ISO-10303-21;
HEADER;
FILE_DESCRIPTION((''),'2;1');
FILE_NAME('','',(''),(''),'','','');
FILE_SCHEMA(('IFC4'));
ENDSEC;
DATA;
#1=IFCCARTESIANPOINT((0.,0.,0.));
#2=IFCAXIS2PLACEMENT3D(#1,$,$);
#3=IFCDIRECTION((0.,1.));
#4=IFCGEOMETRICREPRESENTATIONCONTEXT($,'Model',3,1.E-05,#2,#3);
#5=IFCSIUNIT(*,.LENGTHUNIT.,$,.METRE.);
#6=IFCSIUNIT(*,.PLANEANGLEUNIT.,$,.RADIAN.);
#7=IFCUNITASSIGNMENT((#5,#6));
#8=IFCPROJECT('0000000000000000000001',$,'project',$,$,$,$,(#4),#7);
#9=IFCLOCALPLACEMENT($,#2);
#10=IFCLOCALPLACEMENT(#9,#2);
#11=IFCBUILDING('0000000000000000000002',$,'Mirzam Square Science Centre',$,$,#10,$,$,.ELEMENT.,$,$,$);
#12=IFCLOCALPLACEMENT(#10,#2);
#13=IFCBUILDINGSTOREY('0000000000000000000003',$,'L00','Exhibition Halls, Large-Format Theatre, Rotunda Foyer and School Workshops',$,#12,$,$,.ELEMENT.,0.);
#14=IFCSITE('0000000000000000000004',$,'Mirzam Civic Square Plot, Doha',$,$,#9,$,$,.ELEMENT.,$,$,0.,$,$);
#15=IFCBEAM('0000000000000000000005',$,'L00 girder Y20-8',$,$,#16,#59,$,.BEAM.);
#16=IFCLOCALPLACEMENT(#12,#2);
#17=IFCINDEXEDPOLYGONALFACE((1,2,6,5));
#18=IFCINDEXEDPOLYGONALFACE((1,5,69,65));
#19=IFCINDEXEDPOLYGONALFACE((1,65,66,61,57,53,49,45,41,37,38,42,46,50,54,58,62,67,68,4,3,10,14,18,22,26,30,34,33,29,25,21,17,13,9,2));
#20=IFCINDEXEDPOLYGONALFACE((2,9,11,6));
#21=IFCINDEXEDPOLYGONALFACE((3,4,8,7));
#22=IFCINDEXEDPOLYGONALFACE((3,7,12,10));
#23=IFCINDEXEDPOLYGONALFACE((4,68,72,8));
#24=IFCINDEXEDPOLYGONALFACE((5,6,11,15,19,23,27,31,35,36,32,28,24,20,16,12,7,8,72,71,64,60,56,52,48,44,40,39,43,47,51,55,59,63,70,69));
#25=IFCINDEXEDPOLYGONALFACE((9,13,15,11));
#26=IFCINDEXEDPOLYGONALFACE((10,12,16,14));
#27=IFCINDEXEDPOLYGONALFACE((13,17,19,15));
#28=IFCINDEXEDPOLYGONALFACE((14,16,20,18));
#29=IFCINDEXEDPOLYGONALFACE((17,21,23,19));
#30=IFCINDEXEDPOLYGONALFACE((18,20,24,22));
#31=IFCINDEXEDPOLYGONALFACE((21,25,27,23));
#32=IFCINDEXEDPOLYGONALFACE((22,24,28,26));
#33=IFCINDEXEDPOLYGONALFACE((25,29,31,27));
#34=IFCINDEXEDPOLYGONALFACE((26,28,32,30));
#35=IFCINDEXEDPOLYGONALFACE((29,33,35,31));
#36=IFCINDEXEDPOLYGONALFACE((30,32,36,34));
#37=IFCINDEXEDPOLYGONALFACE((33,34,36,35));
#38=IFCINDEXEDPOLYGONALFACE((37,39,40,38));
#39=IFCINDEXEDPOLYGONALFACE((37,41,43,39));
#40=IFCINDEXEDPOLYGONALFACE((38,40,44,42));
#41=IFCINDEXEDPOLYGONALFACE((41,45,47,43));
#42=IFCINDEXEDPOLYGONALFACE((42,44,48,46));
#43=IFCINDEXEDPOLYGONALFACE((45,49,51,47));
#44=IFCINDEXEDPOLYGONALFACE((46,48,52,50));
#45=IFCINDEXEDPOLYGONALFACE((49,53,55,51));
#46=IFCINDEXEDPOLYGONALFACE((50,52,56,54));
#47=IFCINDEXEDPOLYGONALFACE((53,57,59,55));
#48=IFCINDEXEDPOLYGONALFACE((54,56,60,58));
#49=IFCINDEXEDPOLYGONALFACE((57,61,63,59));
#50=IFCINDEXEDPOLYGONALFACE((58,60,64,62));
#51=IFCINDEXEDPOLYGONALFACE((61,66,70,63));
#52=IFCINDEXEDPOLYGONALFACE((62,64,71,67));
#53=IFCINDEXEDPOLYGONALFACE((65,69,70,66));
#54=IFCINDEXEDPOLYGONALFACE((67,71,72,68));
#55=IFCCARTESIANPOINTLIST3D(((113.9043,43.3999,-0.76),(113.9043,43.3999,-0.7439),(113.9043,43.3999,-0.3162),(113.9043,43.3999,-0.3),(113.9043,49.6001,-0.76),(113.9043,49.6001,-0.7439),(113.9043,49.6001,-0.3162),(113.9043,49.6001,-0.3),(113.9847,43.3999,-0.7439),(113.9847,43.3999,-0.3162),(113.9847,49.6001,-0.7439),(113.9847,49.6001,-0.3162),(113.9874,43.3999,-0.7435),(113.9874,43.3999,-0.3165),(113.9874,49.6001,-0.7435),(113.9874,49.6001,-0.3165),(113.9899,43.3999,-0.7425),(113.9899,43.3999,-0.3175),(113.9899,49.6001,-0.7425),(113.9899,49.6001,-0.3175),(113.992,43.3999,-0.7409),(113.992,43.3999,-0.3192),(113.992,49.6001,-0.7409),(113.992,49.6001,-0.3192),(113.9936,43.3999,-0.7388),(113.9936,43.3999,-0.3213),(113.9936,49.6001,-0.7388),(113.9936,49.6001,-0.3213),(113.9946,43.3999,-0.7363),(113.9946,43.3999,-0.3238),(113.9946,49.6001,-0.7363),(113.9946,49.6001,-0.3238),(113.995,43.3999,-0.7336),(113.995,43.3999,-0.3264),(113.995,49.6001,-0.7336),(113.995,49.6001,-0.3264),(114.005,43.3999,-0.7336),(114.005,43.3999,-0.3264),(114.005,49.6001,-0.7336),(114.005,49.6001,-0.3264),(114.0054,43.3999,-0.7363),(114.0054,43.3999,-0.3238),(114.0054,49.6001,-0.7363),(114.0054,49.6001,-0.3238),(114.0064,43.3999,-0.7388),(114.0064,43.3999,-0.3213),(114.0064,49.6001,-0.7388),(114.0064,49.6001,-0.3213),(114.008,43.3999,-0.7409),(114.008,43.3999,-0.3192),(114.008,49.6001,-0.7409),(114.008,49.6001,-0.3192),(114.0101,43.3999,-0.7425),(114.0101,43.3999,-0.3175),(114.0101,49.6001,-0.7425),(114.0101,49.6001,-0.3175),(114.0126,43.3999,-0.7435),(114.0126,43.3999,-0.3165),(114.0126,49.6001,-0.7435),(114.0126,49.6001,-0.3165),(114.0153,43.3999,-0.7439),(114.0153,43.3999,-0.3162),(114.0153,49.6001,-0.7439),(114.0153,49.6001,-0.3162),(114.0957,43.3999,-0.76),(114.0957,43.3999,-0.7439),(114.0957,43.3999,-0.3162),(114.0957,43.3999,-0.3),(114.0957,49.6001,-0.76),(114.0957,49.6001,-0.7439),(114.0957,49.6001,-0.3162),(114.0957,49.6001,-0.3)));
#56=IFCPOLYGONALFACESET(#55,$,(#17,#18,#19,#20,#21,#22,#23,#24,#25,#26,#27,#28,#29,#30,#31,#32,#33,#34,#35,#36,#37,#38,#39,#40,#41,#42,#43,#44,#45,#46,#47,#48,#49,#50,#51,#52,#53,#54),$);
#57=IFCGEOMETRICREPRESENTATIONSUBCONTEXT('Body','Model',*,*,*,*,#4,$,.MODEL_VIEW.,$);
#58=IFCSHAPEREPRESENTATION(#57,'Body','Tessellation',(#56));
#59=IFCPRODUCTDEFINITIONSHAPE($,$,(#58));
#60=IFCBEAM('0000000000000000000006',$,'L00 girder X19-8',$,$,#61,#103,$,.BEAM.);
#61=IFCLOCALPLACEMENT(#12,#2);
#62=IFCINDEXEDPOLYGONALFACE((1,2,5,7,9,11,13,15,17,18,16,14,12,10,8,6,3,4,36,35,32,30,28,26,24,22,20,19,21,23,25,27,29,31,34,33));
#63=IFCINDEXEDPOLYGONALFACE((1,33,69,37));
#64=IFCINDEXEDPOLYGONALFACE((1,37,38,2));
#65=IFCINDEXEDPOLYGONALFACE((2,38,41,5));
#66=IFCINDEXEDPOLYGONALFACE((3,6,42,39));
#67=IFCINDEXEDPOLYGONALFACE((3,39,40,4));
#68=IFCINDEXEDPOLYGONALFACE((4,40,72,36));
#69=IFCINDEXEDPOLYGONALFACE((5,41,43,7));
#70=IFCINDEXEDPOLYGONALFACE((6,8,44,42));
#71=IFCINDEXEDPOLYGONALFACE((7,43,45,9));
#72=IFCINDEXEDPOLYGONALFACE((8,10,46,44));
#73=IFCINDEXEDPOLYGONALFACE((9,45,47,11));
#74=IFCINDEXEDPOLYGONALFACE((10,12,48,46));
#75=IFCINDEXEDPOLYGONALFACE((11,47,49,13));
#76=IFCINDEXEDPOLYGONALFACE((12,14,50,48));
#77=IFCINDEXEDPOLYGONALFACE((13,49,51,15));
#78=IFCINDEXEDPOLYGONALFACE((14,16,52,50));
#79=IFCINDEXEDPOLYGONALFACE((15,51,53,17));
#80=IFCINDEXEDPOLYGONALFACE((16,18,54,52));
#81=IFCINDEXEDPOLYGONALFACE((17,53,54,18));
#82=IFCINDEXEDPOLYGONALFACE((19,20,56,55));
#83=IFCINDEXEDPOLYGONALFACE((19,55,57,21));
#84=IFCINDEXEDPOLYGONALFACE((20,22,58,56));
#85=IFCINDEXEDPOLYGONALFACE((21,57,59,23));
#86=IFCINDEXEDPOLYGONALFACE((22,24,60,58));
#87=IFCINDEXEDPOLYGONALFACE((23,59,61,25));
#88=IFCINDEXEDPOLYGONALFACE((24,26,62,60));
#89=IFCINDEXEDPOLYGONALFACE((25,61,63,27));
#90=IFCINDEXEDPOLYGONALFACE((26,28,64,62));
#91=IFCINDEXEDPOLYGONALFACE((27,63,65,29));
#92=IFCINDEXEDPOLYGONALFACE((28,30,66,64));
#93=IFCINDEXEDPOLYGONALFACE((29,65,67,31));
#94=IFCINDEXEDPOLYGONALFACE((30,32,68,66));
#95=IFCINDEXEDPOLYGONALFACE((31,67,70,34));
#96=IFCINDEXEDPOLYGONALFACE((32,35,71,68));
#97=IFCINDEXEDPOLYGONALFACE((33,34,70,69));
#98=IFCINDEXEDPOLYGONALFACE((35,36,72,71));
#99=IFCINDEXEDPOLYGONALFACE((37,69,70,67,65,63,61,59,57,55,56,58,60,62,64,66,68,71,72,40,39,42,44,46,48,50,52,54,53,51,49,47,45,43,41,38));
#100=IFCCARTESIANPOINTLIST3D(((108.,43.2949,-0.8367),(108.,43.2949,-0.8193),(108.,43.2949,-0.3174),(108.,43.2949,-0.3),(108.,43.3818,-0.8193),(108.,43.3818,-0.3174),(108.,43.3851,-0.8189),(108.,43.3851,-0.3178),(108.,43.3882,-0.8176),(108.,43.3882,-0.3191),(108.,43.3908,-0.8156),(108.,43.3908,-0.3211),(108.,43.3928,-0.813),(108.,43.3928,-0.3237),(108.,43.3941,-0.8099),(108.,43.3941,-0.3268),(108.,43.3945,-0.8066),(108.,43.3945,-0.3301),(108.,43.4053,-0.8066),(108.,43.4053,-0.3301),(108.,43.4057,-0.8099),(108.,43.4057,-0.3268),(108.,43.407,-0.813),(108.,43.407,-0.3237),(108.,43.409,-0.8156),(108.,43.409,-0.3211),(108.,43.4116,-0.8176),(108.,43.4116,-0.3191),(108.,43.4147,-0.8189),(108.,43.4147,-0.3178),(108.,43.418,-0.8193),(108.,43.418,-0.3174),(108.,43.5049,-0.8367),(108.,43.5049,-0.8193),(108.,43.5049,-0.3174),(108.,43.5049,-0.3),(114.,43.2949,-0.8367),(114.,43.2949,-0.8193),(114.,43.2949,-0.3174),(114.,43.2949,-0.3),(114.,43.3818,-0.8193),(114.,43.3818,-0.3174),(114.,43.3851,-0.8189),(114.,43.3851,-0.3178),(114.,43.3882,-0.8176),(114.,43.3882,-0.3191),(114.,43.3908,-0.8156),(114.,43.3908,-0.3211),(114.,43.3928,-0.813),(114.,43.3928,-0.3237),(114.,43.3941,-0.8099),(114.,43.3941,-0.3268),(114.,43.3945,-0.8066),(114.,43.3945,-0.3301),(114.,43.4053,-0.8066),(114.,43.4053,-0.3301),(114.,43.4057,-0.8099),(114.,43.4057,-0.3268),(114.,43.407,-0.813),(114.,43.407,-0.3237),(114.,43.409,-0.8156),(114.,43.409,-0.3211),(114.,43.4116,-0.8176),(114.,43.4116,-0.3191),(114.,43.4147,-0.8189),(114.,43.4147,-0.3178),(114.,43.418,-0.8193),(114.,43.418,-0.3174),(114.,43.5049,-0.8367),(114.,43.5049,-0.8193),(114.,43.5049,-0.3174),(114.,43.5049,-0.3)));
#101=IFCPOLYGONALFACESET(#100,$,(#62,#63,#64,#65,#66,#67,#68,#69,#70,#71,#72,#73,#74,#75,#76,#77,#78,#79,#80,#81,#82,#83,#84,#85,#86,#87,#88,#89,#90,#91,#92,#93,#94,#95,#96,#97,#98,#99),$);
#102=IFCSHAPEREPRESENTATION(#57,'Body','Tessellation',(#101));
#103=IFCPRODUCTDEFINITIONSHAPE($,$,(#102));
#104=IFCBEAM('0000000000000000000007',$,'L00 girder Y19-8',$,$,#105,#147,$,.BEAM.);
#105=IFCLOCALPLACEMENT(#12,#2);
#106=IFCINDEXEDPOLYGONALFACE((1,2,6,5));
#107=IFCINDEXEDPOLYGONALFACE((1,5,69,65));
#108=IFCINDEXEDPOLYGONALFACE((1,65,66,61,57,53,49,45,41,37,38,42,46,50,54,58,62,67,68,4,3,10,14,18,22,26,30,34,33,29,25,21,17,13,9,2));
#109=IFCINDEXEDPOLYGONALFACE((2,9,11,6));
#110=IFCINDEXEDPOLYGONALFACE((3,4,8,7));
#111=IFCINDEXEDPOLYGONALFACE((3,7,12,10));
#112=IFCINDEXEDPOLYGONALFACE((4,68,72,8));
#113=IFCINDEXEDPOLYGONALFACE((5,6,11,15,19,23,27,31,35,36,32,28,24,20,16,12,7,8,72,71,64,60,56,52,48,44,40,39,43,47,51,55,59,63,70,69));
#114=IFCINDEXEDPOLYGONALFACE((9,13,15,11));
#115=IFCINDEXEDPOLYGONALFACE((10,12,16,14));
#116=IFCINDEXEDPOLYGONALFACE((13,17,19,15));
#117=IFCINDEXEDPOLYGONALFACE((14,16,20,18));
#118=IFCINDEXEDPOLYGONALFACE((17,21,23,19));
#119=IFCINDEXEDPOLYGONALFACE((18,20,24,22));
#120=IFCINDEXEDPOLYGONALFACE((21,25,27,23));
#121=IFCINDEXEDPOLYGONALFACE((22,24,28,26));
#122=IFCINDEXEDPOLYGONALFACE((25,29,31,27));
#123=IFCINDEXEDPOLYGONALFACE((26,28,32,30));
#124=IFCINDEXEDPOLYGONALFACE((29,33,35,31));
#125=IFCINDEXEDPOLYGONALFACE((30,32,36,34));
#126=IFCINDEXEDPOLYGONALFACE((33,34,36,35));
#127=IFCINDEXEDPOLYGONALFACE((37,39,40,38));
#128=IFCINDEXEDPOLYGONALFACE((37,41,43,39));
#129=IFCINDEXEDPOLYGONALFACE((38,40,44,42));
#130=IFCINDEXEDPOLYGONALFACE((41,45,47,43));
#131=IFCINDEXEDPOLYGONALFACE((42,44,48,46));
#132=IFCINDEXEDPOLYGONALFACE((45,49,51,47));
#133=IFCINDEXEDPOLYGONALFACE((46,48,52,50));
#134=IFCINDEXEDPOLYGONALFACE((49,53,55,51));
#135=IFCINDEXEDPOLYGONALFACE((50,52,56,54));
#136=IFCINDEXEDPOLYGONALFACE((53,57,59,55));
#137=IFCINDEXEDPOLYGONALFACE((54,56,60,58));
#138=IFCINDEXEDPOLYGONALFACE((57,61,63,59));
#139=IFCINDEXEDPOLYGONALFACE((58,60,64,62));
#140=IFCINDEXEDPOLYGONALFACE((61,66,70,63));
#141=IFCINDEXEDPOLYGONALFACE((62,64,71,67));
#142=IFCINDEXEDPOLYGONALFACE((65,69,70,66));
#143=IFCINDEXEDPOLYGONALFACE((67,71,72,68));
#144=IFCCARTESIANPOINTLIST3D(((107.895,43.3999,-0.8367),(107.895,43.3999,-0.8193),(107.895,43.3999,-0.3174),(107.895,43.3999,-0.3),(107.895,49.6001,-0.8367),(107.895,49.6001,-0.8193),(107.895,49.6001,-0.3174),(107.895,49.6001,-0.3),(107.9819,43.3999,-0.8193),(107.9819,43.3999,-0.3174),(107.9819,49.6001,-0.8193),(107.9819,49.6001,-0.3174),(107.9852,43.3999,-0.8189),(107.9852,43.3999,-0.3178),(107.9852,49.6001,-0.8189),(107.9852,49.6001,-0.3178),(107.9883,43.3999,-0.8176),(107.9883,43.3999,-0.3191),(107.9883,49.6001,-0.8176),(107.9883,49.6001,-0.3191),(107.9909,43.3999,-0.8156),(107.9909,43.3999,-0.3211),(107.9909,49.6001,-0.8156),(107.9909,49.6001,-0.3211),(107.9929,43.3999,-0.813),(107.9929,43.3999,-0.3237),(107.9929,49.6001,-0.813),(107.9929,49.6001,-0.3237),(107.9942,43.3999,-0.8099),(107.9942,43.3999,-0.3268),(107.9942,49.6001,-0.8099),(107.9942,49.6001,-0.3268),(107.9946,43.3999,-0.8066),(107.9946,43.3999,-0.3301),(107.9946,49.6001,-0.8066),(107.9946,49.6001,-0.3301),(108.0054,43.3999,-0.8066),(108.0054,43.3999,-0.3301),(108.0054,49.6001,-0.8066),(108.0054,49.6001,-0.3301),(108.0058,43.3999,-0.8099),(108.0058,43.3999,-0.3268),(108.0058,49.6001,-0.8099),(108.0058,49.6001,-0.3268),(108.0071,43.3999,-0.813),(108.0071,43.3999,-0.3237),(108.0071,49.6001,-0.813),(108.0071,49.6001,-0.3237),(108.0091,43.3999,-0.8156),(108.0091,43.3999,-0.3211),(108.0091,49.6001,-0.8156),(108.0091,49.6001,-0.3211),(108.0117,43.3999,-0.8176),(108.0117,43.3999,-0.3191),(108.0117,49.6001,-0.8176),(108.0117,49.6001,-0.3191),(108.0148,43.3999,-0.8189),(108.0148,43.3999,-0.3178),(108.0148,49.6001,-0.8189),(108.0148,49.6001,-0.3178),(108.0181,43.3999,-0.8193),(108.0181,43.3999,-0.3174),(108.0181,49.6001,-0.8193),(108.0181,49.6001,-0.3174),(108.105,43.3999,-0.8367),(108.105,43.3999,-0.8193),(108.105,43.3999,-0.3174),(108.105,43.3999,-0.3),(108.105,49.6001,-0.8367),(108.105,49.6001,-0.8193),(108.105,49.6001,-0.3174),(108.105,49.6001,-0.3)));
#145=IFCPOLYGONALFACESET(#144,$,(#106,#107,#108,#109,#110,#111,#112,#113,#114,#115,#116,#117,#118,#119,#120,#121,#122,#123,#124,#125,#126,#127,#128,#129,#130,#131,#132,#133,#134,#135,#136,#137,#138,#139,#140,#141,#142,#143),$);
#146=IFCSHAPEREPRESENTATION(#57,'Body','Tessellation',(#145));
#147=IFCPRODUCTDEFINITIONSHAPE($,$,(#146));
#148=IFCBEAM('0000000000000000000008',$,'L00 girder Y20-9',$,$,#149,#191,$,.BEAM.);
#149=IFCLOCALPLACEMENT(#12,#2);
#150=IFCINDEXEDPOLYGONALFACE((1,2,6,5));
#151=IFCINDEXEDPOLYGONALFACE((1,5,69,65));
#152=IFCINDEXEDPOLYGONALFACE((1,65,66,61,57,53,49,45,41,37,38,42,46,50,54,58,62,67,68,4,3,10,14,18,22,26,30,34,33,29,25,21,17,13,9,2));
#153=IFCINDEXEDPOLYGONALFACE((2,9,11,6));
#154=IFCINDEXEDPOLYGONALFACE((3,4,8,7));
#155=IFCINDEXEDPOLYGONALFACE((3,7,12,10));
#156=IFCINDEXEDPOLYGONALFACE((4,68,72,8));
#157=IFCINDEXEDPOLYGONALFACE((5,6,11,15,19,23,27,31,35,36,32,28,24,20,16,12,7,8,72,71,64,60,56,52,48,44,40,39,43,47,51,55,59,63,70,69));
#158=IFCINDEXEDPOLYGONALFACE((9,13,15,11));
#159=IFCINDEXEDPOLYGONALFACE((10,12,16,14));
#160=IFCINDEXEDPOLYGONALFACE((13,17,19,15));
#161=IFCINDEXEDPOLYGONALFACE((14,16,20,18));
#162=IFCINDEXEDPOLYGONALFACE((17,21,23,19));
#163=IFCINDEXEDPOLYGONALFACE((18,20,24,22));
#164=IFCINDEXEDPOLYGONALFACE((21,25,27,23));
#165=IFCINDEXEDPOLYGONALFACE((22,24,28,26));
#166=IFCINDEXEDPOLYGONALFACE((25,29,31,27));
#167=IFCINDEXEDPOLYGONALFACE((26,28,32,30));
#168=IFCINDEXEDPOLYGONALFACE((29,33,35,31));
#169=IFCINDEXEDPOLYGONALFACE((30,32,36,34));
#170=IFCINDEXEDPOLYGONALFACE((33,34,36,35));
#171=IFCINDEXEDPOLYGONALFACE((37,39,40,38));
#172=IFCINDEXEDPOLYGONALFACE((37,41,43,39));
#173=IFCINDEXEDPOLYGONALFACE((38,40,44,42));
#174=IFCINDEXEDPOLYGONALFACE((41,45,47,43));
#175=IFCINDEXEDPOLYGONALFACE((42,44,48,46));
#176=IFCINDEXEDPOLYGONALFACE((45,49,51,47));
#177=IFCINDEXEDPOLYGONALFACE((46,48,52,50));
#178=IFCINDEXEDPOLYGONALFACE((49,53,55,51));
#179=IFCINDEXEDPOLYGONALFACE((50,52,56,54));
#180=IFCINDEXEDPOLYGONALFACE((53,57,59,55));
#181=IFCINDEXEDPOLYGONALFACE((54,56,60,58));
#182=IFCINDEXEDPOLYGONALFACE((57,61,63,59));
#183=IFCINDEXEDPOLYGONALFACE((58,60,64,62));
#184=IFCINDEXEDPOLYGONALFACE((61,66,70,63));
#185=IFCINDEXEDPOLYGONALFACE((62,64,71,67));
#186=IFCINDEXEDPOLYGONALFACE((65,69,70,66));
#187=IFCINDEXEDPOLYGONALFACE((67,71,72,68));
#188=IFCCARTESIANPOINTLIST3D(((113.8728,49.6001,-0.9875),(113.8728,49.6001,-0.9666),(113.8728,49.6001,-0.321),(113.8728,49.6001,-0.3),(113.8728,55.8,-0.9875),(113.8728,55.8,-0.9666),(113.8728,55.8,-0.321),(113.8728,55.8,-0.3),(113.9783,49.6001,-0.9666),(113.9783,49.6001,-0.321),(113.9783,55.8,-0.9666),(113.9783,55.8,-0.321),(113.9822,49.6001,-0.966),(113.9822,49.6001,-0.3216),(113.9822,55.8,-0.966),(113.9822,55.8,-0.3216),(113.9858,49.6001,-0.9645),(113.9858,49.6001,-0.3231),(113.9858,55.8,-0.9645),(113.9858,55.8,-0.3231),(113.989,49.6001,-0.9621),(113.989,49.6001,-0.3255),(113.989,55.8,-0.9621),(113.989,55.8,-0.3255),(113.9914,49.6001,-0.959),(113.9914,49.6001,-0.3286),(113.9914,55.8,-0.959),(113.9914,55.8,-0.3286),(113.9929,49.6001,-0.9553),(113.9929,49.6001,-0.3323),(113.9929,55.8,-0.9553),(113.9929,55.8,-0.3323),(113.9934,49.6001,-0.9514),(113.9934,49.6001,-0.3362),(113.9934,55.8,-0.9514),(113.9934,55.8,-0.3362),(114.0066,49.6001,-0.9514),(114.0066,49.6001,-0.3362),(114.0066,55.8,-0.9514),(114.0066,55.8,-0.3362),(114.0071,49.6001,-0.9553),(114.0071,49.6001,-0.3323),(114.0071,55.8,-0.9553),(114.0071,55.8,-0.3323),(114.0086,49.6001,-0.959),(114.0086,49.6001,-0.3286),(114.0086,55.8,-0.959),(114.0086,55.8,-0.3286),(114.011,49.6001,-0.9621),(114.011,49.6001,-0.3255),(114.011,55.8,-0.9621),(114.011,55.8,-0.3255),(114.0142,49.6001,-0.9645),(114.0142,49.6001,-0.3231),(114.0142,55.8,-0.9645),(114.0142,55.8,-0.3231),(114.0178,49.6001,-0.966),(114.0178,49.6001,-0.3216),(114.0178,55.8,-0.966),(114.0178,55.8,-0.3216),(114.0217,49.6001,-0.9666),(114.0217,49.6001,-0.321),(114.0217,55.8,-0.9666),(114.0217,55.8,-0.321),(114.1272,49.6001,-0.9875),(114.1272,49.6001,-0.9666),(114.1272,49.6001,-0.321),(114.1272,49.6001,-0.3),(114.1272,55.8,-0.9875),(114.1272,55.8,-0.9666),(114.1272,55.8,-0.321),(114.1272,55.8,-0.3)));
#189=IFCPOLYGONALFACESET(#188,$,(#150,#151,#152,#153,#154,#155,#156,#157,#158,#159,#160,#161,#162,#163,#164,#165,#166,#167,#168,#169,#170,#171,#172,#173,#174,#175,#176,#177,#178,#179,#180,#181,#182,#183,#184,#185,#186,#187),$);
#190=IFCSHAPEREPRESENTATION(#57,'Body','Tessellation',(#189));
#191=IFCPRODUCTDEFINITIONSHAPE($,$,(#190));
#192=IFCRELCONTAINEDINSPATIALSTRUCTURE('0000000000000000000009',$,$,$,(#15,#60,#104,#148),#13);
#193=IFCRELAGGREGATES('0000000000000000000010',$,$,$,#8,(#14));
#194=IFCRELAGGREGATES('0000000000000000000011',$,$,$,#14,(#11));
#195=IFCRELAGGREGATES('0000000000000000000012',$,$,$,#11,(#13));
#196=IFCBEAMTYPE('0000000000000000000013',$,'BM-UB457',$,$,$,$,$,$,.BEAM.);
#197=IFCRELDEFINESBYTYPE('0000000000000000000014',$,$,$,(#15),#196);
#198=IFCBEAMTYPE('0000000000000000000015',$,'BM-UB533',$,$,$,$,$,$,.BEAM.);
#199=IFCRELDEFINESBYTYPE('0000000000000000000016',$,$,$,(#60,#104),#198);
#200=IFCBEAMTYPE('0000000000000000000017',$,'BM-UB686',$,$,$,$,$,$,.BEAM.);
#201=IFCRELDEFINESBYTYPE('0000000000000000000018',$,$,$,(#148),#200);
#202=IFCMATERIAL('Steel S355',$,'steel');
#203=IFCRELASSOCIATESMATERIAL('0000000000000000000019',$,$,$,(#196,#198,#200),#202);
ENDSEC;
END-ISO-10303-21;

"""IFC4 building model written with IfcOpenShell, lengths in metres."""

from ifc_helpers import new_model, si_unit, direction, frame, origin, origin_2d, place, context, subcontext, project, spatial, i_section, extrude, material, material_profile, profile_set, type_object, element, save


model = new_model("IFC4")

# Units and contexts
model_context = context("Model", 3, precision=1e-05, world=origin(), true_north=direction((0.0, 1.0)))
body_context = subcontext(model_context, "Body", "Model", "MODEL_VIEW")
ifc_project = project(units=[si_unit("LENGTHUNIT", "METRE"), si_unit("PLANEANGLEUNIT", "RADIAN")], contexts=[model_context])

# Site, building, storey
site_placement = place(None, origin())
site = spatial("IfcSite", under=ifc_project, at=site_placement, Name="Mirzam Civic Square Plot, Doha", CompositionType="ELEMENT", RefElevation=0.0)
building_placement = place(site_placement, origin())
building = spatial("IfcBuilding", under=site, at=building_placement, Name="Mirzam Square Science Centre", CompositionType="ELEMENT")
storey_placement = place(building_placement, origin())
storey = spatial("IfcBuildingStorey", under=building, at=storey_placement, Name="L00", Description="Exhibition Halls, Large-Format Theatre, Rotunda Foyer and School Workshops", CompositionType="ELEMENT", Elevation=0.0)

# Shared definitions
ifc_material_1 = material(Name="Steel S355", Category="steel")

# Beams
ifc_material_profile_1 = material_profile(ifc_material_1, i_section(OverallWidth=0.1914, OverallDepth=0.46, WebThickness=0.01, FlangeThickness=0.0161, FilletRadius=0.0103, at=origin_2d()), Name="457x191x82UB")
ifc_profile_set_1 = profile_set([ifc_material_profile_1], Name="Steel S355")
beam_type_1 = type_object("IfcBeamType", Name="BM-UB457", PredefinedType="BEAM", material=ifc_profile_set_1)
beam_1_placement = place(storey_placement, frame((114.0, 43.3999, -0.53), z_axis=(0.0, 1.0, 0.0), x_axis=(-1.0, 0.0, 0.0)))
element("IfcBeam", 1, at=beam_1_placement, inside=storey, type_object=beam_type_1, Name="L00 girder Y20-8", PredefinedType="BEAM", context=body_context, shape_type="SweptSolid", body=[
    extrude(i_section(OverallWidth=0.1914, OverallDepth=0.46, WebThickness=0.01, FlangeThickness=0.0161, FilletRadius=0.0103, at=origin_2d()), origin(), (0.0, 0.0, 1.0), 6.2002),
])
ifc_material_profile_2 = material_profile(ifc_material_1, i_section(OverallWidth=0.21, OverallDepth=0.5366, WebThickness=0.0107, FlangeThickness=0.0173, FilletRadius=0.0127, at=origin_2d()), Name="533x210x101UB")
ifc_profile_set_2 = profile_set([ifc_material_profile_2], Name="Steel S355")
beam_type_2 = type_object("IfcBeamType", Name="BM-UB533", PredefinedType="BEAM", material=ifc_profile_set_2)
beam_2_placement = place(storey_placement, frame((108.0, 43.3999, -0.5684), z_axis=(1.0, 0.0, 0.0), x_axis=(0.0, 1.0, 0.0)))
element("IfcBeam", 2, at=beam_2_placement, inside=storey, type_object=beam_type_2, Name="L00 girder X19-8", PredefinedType="BEAM", context=body_context, shape_type="SweptSolid", body=[
    extrude(i_section(OverallWidth=0.21, OverallDepth=0.5366, WebThickness=0.0107, FlangeThickness=0.0173, FilletRadius=0.0127, at=origin_2d()), origin(), (0.0, 0.0, 1.0), 6.0),
])
beam_3_placement = place(storey_placement, frame((108.0, 43.3999, -0.5684), z_axis=(0.0, 1.0, 0.0), x_axis=(-1.0, 0.0, 0.0)))
element("IfcBeam", 3, at=beam_3_placement, inside=storey, type_object=beam_type_2, Name="L00 girder Y19-8", PredefinedType="BEAM", context=body_context, shape_type="SweptSolid", body=[
    extrude(i_section(OverallWidth=0.21, OverallDepth=0.5366, WebThickness=0.0107, FlangeThickness=0.0173, FilletRadius=0.0127, at=origin_2d()), origin(), (0.0, 0.0, 1.0), 6.2002),
])
ifc_material_profile_3 = material_profile(ifc_material_1, i_section(OverallWidth=0.2544, OverallDepth=0.6875, WebThickness=0.0132, FlangeThickness=0.021, FilletRadius=0.0151, at=origin_2d()), Name="686x254x152UB")
ifc_profile_set_3 = profile_set([ifc_material_profile_3], Name="Steel S355")
beam_type_3 = type_object("IfcBeamType", Name="BM-UB686", PredefinedType="BEAM", material=ifc_profile_set_3)
beam_4_placement = place(storey_placement, frame((114.0, 49.6001, -0.6438), z_axis=(0.0, 1.0, 0.0), x_axis=(-1.0, 0.0, 0.0)))
element("IfcBeam", 4, at=beam_4_placement, inside=storey, type_object=beam_type_3, Name="L00 girder Y20-9", PredefinedType="BEAM", context=body_context, shape_type="SweptSolid", body=[
    extrude(i_section(OverallWidth=0.2544, OverallDepth=0.6875, WebThickness=0.0132, FlangeThickness=0.021, FilletRadius=0.0151, at=origin_2d()), origin(), (0.0, 0.0, 1.0), 6.2),
])

save(model, "model.ifc")
